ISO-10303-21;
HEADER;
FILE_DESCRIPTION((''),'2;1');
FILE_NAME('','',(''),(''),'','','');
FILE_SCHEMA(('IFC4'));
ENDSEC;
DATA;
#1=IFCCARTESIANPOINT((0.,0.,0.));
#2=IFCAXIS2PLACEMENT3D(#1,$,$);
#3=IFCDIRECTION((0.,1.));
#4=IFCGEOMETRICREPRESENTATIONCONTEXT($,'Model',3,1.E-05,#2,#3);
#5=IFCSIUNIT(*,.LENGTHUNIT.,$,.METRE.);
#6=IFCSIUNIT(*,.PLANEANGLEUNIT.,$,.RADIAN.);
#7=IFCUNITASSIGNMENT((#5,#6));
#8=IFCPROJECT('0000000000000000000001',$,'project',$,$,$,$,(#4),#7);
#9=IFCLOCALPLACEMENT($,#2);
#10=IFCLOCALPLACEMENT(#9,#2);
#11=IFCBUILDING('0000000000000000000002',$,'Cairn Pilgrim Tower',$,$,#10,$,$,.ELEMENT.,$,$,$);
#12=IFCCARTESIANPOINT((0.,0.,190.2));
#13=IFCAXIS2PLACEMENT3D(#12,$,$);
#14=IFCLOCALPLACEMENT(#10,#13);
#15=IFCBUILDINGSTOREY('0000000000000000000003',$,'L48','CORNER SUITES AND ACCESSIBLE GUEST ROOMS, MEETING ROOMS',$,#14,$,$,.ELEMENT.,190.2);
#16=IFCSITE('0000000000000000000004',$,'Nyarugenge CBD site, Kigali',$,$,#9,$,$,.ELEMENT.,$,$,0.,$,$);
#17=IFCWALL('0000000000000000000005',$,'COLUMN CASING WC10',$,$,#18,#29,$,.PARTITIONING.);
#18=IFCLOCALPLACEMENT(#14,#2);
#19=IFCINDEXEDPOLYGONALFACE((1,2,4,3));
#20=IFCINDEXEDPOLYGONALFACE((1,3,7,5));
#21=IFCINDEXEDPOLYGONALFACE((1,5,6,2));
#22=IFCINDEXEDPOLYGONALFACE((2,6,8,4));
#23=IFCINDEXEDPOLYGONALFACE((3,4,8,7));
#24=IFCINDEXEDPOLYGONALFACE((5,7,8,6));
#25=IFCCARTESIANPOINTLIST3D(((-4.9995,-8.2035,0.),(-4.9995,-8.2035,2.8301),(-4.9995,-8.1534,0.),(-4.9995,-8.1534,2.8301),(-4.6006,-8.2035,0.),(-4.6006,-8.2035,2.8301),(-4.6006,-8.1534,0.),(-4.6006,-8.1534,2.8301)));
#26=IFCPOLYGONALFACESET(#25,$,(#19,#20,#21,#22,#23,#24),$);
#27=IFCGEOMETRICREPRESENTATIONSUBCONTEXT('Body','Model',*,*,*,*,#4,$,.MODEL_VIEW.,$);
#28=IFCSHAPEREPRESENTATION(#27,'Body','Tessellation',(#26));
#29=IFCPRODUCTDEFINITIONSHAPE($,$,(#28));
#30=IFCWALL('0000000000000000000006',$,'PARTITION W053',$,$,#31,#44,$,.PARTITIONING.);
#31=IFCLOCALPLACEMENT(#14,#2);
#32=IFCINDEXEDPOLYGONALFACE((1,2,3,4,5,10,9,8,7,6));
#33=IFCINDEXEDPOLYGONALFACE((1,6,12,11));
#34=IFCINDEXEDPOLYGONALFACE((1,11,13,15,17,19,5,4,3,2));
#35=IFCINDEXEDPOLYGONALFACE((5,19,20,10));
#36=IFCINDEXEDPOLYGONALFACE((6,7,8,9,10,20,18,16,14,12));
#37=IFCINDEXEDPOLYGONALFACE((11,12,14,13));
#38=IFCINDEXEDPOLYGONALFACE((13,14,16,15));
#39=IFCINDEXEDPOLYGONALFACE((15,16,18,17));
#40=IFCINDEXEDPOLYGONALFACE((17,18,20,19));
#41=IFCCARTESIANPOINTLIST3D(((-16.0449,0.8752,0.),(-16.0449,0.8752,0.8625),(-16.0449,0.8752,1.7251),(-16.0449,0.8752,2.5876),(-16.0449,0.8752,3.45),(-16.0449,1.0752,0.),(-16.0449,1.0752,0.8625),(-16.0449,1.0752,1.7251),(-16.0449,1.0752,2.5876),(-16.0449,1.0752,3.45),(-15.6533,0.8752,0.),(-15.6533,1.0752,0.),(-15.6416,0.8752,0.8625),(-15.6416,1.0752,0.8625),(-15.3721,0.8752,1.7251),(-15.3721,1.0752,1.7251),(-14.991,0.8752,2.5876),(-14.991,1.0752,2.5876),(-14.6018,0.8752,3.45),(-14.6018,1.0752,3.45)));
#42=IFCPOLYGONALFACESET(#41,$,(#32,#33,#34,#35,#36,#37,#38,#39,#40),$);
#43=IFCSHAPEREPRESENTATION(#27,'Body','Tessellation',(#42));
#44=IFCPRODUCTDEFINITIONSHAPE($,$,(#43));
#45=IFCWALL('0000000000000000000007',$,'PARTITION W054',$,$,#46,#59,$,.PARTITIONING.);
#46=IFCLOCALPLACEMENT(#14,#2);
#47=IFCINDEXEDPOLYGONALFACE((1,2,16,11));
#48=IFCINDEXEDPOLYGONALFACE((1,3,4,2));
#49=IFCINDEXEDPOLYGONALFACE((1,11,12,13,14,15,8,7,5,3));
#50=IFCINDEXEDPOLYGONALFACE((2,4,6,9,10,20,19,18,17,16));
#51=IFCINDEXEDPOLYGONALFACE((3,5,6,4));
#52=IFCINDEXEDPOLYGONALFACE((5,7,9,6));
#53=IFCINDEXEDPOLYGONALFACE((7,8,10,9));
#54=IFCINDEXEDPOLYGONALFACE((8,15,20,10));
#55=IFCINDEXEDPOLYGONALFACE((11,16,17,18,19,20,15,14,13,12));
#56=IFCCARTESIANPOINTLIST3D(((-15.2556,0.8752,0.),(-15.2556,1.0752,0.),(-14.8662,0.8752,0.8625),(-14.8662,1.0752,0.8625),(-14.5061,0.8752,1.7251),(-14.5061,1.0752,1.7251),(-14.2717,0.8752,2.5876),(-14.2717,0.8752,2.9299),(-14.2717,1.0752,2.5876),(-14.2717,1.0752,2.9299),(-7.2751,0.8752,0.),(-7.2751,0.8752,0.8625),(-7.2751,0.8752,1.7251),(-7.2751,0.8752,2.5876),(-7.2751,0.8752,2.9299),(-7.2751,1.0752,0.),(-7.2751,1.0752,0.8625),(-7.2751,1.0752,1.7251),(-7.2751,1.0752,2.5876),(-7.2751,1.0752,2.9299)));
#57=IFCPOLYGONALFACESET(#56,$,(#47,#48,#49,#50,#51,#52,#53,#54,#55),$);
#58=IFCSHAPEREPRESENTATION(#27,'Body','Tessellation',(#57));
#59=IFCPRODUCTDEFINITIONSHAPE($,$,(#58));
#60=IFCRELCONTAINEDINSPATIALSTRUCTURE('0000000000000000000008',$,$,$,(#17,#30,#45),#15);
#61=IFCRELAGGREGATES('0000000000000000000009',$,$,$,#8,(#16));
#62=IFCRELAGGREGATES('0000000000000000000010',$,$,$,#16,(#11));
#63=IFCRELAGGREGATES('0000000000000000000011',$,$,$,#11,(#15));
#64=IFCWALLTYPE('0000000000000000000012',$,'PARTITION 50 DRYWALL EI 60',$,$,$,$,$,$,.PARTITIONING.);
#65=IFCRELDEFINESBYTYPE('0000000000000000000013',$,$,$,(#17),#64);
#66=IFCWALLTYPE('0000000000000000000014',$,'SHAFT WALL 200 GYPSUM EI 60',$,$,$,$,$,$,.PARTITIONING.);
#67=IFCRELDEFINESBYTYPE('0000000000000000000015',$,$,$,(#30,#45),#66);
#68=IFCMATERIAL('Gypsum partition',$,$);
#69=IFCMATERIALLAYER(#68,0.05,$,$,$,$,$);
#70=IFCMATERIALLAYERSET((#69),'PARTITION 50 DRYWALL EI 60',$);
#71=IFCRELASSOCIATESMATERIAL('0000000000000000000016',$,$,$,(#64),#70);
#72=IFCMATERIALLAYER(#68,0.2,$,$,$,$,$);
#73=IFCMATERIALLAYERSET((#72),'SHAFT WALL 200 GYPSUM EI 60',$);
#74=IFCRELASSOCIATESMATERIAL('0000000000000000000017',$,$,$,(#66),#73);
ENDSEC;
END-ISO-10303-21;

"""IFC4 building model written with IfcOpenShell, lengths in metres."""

from ifc_helpers import new_model, si_unit, direction, frame, frame_2d, origin, place, context, subcontext, project, spatial, polyline, rectangle, outline, extrude, material, layer, layer_set, type_object, element, save


model = new_model("IFC4")

# Units and contexts
model_context = context("Model", 3, precision=1e-05, world=origin(), true_north=direction((0.0, 1.0)))
body_context = subcontext(model_context, "Body", "Model", "MODEL_VIEW")
ifc_project = project(units=[si_unit("LENGTHUNIT", "METRE"), si_unit("PLANEANGLEUNIT", "RADIAN")], contexts=[model_context])

# Site, building, storey
site_placement = place(None, origin())
site = spatial("IfcSite", under=ifc_project, at=site_placement, Name="Nyarugenge CBD site, Kigali", CompositionType="ELEMENT", RefElevation=0.0)
building_placement = place(site_placement, origin())
building = spatial("IfcBuilding", under=site, at=building_placement, Name="Cairn Pilgrim Tower", CompositionType="ELEMENT")
storey_placement = place(building_placement, frame((0.0, 0.0, 190.2)))
storey = spatial("IfcBuildingStorey", under=building, at=storey_placement, Name="L48", Description="CORNER SUITES AND ACCESSIBLE GUEST ROOMS, MEETING ROOMS", CompositionType="ELEMENT", Elevation=190.2)

# Shared definitions
ifc_material_1 = material(Name="Gypsum partition")

# Walls
ifc_layer_1 = layer(ifc_material_1, 0.05)
ifc_layer_set_1 = layer_set([ifc_layer_1], Name="PARTITION 50 DRYWALL EI 60")
wall_type_1 = type_object("IfcWallType", Name="PARTITION 50 DRYWALL EI 60", PredefinedType="PARTITIONING", material=ifc_layer_set_1)
wall_1_placement = place(storey_placement, frame((-4.9995, -8.1785, 0.0), z_axis=(0.0, 0.0, 1.0), x_axis=(1.0, 0.0, 0.0)))
element("IfcWall", 1, at=wall_1_placement, inside=storey, type_object=wall_type_1, Name="COLUMN CASING WC10", PredefinedType="PARTITIONING", context=body_context, shape_type="SweptSolid", body=[
    extrude(rectangle(XDim=0.3989, YDim=0.05, at=frame_2d((0.1995, 0.0))), origin(), (0.0, 0.0, 1.0), 2.8301),
])
ifc_layer_2 = layer(ifc_material_1, 0.2)
ifc_layer_set_2 = layer_set([ifc_layer_2], Name="SHAFT WALL 200 GYPSUM EI 60")
wall_type_2 = type_object("IfcWallType", Name="SHAFT WALL 200 GYPSUM EI 60", PredefinedType="PARTITIONING", material=ifc_layer_set_2)
wall_2_placement = place(storey_placement, frame((-16.0449, 0.9751, 0.0), z_axis=(0.0, 0.0, 1.0), x_axis=(1.0, 0.0, 0.0)))
element("IfcWall", 2, at=wall_2_placement, inside=storey, type_object=wall_type_2, Name="PARTITION W053", PredefinedType="PARTITIONING", context=body_context, shape_type="SweptSolid", body=[
    extrude(outline(polyline([(0.0, 0.0), (0.3916, 0.0), (0.4033, 0.8625), (0.6729, 1.7251), (1.054, 2.5876), (1.4431, 3.45), (0.0, 3.45), (0.0, 2.5876), (0.0, 1.7251), (0.0, 0.8625), (0.0, 0.0)])), frame((0.0, 0.1001, 0.0), z_axis=(0.0, -1.0, 0.0), x_axis=(1.0, 0.0, 0.0)), (0.0, 0.0, 1.0), 0.2),
])
wall_3_placement = place(storey_placement, frame((-15.2556, 0.9751, 0.0), z_axis=(0.0, 0.0, 1.0), x_axis=(1.0, 0.0, 0.0)))
element("IfcWall", 3, at=wall_3_placement, inside=storey, type_object=wall_type_2, Name="PARTITION W054", PredefinedType="PARTITIONING", context=body_context, shape_type="SweptSolid", body=[
    extrude(outline(polyline([(0.0, 0.0), (7.9805, 0.0), (7.9805, 0.8625), (7.9805, 1.7251), (7.9805, 2.5876), (7.9805, 2.9299), (0.9839, 2.9299), (0.9839, 2.5876), (0.7495, 1.7251), (0.3894, 0.8625), (0.0, 0.0)])), frame((0.0, 0.1001, 0.0), z_axis=(0.0, -1.0, 0.0), x_axis=(1.0, 0.0, 0.0)), (0.0, 0.0, 1.0), 0.2),
])

save(model, "model.ifc")
